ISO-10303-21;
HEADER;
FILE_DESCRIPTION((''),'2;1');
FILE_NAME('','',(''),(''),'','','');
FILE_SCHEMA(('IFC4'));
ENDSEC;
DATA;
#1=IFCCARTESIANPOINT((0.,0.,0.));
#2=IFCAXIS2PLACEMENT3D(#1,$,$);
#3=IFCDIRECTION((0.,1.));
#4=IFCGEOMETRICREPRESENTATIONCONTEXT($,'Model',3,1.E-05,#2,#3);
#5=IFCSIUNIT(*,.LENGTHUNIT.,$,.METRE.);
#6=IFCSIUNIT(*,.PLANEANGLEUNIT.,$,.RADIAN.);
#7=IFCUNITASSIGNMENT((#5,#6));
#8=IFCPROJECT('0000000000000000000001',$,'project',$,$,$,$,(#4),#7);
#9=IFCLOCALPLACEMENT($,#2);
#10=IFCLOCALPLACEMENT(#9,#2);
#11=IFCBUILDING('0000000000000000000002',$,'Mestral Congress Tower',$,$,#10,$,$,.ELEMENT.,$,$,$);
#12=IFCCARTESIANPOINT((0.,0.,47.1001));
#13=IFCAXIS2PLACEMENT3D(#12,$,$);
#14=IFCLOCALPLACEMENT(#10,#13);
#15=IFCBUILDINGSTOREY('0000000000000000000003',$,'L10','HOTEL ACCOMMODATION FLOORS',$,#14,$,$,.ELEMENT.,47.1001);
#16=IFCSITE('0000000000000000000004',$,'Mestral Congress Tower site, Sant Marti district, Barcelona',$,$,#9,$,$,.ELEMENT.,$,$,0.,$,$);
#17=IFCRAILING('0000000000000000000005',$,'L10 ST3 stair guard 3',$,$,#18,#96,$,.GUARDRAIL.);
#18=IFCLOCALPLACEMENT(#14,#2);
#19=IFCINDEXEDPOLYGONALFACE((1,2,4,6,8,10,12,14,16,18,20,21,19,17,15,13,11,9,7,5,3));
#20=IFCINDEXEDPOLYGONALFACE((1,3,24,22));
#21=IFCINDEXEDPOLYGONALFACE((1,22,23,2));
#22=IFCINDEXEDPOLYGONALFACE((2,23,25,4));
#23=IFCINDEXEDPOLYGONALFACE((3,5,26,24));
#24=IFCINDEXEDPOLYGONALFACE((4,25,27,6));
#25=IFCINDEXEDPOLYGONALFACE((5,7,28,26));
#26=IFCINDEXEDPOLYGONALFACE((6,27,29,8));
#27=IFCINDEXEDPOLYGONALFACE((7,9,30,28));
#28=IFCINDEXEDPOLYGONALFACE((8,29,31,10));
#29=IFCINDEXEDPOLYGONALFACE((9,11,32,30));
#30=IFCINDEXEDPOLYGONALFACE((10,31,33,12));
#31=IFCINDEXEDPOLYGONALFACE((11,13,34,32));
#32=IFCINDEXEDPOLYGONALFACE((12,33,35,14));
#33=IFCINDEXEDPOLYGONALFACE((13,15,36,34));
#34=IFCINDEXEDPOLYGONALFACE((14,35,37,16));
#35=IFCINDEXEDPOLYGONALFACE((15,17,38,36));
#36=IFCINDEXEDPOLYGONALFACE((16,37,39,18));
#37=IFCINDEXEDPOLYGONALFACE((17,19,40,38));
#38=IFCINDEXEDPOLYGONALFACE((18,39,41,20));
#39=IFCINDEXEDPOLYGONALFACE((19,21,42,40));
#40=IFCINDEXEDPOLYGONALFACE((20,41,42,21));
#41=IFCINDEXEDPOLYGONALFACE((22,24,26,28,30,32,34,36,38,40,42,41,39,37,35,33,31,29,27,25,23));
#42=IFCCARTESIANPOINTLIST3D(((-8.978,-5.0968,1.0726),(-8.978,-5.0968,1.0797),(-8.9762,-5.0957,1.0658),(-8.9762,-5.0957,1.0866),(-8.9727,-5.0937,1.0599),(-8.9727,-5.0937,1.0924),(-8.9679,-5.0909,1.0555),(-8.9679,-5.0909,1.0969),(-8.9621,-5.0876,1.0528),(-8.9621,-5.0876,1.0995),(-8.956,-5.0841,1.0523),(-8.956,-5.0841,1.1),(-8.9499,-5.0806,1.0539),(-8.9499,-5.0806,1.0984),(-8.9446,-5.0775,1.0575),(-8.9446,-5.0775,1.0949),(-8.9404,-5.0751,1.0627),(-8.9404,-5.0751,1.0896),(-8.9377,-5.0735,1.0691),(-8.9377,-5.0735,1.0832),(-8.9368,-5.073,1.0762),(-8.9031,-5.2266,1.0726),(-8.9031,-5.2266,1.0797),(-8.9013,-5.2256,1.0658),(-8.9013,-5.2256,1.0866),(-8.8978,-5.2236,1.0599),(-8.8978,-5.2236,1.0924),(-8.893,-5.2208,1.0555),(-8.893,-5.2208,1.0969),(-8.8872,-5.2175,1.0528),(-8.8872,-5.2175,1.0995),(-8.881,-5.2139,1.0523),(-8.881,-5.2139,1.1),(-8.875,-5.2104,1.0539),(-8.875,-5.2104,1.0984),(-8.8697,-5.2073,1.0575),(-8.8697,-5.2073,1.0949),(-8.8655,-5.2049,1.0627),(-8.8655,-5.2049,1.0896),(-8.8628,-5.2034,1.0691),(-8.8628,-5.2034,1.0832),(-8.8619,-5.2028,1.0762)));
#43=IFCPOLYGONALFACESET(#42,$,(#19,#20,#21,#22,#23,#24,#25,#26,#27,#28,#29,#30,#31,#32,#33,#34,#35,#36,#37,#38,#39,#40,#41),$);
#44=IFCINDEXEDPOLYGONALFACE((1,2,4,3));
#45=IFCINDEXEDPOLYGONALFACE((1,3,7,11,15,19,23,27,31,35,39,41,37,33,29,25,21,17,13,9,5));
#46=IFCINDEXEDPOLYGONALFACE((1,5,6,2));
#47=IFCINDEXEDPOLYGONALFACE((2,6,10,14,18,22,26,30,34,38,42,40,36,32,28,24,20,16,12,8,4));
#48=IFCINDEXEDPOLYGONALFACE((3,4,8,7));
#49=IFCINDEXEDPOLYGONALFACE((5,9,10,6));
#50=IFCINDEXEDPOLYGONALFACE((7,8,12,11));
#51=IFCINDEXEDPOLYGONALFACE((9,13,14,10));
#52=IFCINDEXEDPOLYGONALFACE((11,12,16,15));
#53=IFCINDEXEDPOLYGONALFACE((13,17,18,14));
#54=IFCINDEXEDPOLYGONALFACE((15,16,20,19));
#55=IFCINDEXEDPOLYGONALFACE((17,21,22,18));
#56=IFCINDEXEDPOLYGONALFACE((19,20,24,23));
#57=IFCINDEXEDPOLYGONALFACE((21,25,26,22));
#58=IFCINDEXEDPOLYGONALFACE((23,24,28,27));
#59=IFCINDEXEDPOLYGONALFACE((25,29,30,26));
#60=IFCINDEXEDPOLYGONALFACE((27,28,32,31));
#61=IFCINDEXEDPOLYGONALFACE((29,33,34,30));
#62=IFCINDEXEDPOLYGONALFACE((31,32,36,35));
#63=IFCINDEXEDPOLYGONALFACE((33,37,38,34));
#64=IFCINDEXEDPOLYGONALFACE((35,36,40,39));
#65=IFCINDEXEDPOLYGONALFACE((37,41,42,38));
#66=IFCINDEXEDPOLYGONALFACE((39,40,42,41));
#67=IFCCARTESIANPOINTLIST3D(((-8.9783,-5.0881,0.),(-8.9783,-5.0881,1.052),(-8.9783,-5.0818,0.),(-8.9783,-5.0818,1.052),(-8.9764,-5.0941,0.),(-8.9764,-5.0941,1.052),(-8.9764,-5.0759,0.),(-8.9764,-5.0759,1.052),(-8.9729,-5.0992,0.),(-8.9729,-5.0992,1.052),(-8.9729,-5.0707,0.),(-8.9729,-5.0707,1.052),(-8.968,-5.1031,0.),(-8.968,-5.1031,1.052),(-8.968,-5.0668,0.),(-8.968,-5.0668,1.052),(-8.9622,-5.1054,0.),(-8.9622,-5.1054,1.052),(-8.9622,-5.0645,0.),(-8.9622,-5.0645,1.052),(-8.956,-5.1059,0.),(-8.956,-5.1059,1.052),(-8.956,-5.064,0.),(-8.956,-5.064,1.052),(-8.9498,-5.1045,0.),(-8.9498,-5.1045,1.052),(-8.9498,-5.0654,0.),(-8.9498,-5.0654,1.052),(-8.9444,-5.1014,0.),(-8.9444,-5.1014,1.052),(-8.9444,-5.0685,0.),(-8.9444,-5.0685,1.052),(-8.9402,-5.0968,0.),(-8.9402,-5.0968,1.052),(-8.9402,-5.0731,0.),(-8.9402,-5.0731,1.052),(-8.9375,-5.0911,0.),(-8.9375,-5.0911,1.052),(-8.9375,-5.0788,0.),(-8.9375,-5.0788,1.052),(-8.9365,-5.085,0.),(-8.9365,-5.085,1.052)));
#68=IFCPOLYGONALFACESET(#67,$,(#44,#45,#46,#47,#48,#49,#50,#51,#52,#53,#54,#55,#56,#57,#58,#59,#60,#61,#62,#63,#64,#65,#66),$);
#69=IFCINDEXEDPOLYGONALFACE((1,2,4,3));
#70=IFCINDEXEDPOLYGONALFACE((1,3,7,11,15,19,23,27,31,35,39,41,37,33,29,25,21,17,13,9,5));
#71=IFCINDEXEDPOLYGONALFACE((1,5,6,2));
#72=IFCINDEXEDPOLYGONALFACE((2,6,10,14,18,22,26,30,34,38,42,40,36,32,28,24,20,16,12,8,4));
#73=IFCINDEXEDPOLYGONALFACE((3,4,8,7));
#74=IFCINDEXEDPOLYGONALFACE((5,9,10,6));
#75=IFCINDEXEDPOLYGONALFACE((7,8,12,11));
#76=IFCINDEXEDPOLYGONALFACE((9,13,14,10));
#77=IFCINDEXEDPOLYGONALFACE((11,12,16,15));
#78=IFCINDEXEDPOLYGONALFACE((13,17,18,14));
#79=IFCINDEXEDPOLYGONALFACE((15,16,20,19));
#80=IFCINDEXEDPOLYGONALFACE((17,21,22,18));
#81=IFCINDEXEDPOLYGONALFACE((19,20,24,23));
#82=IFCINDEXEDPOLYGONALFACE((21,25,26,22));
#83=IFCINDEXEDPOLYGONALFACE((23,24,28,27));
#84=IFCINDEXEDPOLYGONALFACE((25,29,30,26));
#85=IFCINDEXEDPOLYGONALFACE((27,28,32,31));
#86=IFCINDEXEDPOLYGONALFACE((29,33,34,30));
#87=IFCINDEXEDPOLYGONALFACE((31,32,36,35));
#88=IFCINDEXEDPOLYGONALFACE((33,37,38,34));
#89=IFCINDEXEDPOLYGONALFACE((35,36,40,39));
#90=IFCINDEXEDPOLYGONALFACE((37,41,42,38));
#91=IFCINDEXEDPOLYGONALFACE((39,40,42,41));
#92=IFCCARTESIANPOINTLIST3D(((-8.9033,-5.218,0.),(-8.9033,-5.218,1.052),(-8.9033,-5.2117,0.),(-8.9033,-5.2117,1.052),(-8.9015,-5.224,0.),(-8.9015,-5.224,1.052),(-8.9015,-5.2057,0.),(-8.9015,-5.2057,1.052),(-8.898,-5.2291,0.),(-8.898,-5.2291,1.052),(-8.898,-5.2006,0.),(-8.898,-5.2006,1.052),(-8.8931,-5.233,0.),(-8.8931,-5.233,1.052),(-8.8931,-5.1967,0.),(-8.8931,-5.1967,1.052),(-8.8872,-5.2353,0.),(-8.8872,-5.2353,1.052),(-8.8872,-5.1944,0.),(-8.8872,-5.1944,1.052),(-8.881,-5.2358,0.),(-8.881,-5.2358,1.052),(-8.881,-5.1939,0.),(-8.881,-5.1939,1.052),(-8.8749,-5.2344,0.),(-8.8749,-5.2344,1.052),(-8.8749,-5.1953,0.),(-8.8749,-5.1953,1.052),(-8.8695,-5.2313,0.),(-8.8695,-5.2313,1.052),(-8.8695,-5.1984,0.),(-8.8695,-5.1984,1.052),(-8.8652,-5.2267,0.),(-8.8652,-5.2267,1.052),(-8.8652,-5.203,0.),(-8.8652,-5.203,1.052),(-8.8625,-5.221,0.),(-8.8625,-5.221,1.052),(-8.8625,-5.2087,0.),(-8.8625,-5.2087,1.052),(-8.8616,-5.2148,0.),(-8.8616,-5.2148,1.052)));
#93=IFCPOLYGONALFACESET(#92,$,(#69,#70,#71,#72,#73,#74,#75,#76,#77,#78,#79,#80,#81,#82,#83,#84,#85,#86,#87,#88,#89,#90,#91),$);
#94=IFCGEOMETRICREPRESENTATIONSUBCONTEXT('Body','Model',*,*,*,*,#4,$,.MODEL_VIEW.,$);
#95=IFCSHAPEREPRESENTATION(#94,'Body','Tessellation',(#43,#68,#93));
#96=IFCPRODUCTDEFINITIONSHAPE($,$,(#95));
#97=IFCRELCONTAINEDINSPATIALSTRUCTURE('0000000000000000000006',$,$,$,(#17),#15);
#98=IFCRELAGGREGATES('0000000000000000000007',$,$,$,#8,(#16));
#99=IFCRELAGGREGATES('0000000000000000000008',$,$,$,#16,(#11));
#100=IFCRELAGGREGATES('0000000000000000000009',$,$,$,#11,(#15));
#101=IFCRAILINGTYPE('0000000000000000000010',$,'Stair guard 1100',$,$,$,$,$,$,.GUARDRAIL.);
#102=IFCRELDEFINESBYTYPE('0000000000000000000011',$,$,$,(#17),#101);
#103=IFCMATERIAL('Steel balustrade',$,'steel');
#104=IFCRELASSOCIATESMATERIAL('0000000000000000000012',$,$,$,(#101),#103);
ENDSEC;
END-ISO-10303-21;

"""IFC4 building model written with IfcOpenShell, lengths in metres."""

from ifc_helpers import new_model, si_unit, direction, frame, origin, origin_2d, place, context, subcontext, project, spatial, circle, extrude, material, type_object, element, save


model = new_model("IFC4")

# Units and contexts
model_context = context("Model", 3, precision=1e-05, world=origin(), true_north=direction((0.0, 1.0)))
body_context = subcontext(model_context, "Body", "Model", "MODEL_VIEW")
ifc_project = project(units=[si_unit("LENGTHUNIT", "METRE"), si_unit("PLANEANGLEUNIT", "RADIAN")], contexts=[model_context])

# Site, building, storey
site_placement = place(None, origin())
site = spatial("IfcSite", under=ifc_project, at=site_placement, Name="Mestral Congress Tower site, Sant Marti district, Barcelona", CompositionType="ELEMENT", RefElevation=0.0)
building_placement = place(site_placement, origin())
building = spatial("IfcBuilding", under=site, at=building_placement, Name="Mestral Congress Tower", CompositionType="ELEMENT")
storey_placement = place(building_placement, frame((0.0, 0.0, 47.1001)))
storey = spatial("IfcBuildingStorey", under=building, at=storey_placement, Name="L10", Description="HOTEL ACCOMMODATION FLOORS", CompositionType="ELEMENT", Elevation=47.1001)

# Railing
ifc_material_1 = material(Name="Steel balustrade", Category="steel")
railing_type_1 = type_object("IfcRailingType", Name="Stair guard 1100", PredefinedType="GUARDRAIL", material=ifc_material_1)
railing_1_placement = place(storey_placement, frame((-8.9575, -5.085, 0.0)))
element("IfcRailing", 1, at=railing_1_placement, inside=storey, type_object=railing_type_1, Name="L10 ST3 stair guard 3", PredefinedType="GUARDRAIL", context=body_context, shape_type="SweptSolid", body=[
    extrude(circle(Radius=0.0239, at=origin_2d()), frame((0.0, 0.0, 1.0762), z_axis=(0.499816, -0.866131, 0.0), x_axis=(0.866131, 0.499816, 0.0)), (0.0, 0.0, 1.0), 0.1499),
    extrude(circle(Radius=0.021, at=origin_2d()), origin(), (0.0, 0.0, 1.0), 1.052),
    extrude(circle(Radius=0.021, at=origin_2d()), frame((0.075, -0.1299, 0.0)), (0.0, 0.0, 1.0), 1.052),
])

save(model, "model.ifc")
